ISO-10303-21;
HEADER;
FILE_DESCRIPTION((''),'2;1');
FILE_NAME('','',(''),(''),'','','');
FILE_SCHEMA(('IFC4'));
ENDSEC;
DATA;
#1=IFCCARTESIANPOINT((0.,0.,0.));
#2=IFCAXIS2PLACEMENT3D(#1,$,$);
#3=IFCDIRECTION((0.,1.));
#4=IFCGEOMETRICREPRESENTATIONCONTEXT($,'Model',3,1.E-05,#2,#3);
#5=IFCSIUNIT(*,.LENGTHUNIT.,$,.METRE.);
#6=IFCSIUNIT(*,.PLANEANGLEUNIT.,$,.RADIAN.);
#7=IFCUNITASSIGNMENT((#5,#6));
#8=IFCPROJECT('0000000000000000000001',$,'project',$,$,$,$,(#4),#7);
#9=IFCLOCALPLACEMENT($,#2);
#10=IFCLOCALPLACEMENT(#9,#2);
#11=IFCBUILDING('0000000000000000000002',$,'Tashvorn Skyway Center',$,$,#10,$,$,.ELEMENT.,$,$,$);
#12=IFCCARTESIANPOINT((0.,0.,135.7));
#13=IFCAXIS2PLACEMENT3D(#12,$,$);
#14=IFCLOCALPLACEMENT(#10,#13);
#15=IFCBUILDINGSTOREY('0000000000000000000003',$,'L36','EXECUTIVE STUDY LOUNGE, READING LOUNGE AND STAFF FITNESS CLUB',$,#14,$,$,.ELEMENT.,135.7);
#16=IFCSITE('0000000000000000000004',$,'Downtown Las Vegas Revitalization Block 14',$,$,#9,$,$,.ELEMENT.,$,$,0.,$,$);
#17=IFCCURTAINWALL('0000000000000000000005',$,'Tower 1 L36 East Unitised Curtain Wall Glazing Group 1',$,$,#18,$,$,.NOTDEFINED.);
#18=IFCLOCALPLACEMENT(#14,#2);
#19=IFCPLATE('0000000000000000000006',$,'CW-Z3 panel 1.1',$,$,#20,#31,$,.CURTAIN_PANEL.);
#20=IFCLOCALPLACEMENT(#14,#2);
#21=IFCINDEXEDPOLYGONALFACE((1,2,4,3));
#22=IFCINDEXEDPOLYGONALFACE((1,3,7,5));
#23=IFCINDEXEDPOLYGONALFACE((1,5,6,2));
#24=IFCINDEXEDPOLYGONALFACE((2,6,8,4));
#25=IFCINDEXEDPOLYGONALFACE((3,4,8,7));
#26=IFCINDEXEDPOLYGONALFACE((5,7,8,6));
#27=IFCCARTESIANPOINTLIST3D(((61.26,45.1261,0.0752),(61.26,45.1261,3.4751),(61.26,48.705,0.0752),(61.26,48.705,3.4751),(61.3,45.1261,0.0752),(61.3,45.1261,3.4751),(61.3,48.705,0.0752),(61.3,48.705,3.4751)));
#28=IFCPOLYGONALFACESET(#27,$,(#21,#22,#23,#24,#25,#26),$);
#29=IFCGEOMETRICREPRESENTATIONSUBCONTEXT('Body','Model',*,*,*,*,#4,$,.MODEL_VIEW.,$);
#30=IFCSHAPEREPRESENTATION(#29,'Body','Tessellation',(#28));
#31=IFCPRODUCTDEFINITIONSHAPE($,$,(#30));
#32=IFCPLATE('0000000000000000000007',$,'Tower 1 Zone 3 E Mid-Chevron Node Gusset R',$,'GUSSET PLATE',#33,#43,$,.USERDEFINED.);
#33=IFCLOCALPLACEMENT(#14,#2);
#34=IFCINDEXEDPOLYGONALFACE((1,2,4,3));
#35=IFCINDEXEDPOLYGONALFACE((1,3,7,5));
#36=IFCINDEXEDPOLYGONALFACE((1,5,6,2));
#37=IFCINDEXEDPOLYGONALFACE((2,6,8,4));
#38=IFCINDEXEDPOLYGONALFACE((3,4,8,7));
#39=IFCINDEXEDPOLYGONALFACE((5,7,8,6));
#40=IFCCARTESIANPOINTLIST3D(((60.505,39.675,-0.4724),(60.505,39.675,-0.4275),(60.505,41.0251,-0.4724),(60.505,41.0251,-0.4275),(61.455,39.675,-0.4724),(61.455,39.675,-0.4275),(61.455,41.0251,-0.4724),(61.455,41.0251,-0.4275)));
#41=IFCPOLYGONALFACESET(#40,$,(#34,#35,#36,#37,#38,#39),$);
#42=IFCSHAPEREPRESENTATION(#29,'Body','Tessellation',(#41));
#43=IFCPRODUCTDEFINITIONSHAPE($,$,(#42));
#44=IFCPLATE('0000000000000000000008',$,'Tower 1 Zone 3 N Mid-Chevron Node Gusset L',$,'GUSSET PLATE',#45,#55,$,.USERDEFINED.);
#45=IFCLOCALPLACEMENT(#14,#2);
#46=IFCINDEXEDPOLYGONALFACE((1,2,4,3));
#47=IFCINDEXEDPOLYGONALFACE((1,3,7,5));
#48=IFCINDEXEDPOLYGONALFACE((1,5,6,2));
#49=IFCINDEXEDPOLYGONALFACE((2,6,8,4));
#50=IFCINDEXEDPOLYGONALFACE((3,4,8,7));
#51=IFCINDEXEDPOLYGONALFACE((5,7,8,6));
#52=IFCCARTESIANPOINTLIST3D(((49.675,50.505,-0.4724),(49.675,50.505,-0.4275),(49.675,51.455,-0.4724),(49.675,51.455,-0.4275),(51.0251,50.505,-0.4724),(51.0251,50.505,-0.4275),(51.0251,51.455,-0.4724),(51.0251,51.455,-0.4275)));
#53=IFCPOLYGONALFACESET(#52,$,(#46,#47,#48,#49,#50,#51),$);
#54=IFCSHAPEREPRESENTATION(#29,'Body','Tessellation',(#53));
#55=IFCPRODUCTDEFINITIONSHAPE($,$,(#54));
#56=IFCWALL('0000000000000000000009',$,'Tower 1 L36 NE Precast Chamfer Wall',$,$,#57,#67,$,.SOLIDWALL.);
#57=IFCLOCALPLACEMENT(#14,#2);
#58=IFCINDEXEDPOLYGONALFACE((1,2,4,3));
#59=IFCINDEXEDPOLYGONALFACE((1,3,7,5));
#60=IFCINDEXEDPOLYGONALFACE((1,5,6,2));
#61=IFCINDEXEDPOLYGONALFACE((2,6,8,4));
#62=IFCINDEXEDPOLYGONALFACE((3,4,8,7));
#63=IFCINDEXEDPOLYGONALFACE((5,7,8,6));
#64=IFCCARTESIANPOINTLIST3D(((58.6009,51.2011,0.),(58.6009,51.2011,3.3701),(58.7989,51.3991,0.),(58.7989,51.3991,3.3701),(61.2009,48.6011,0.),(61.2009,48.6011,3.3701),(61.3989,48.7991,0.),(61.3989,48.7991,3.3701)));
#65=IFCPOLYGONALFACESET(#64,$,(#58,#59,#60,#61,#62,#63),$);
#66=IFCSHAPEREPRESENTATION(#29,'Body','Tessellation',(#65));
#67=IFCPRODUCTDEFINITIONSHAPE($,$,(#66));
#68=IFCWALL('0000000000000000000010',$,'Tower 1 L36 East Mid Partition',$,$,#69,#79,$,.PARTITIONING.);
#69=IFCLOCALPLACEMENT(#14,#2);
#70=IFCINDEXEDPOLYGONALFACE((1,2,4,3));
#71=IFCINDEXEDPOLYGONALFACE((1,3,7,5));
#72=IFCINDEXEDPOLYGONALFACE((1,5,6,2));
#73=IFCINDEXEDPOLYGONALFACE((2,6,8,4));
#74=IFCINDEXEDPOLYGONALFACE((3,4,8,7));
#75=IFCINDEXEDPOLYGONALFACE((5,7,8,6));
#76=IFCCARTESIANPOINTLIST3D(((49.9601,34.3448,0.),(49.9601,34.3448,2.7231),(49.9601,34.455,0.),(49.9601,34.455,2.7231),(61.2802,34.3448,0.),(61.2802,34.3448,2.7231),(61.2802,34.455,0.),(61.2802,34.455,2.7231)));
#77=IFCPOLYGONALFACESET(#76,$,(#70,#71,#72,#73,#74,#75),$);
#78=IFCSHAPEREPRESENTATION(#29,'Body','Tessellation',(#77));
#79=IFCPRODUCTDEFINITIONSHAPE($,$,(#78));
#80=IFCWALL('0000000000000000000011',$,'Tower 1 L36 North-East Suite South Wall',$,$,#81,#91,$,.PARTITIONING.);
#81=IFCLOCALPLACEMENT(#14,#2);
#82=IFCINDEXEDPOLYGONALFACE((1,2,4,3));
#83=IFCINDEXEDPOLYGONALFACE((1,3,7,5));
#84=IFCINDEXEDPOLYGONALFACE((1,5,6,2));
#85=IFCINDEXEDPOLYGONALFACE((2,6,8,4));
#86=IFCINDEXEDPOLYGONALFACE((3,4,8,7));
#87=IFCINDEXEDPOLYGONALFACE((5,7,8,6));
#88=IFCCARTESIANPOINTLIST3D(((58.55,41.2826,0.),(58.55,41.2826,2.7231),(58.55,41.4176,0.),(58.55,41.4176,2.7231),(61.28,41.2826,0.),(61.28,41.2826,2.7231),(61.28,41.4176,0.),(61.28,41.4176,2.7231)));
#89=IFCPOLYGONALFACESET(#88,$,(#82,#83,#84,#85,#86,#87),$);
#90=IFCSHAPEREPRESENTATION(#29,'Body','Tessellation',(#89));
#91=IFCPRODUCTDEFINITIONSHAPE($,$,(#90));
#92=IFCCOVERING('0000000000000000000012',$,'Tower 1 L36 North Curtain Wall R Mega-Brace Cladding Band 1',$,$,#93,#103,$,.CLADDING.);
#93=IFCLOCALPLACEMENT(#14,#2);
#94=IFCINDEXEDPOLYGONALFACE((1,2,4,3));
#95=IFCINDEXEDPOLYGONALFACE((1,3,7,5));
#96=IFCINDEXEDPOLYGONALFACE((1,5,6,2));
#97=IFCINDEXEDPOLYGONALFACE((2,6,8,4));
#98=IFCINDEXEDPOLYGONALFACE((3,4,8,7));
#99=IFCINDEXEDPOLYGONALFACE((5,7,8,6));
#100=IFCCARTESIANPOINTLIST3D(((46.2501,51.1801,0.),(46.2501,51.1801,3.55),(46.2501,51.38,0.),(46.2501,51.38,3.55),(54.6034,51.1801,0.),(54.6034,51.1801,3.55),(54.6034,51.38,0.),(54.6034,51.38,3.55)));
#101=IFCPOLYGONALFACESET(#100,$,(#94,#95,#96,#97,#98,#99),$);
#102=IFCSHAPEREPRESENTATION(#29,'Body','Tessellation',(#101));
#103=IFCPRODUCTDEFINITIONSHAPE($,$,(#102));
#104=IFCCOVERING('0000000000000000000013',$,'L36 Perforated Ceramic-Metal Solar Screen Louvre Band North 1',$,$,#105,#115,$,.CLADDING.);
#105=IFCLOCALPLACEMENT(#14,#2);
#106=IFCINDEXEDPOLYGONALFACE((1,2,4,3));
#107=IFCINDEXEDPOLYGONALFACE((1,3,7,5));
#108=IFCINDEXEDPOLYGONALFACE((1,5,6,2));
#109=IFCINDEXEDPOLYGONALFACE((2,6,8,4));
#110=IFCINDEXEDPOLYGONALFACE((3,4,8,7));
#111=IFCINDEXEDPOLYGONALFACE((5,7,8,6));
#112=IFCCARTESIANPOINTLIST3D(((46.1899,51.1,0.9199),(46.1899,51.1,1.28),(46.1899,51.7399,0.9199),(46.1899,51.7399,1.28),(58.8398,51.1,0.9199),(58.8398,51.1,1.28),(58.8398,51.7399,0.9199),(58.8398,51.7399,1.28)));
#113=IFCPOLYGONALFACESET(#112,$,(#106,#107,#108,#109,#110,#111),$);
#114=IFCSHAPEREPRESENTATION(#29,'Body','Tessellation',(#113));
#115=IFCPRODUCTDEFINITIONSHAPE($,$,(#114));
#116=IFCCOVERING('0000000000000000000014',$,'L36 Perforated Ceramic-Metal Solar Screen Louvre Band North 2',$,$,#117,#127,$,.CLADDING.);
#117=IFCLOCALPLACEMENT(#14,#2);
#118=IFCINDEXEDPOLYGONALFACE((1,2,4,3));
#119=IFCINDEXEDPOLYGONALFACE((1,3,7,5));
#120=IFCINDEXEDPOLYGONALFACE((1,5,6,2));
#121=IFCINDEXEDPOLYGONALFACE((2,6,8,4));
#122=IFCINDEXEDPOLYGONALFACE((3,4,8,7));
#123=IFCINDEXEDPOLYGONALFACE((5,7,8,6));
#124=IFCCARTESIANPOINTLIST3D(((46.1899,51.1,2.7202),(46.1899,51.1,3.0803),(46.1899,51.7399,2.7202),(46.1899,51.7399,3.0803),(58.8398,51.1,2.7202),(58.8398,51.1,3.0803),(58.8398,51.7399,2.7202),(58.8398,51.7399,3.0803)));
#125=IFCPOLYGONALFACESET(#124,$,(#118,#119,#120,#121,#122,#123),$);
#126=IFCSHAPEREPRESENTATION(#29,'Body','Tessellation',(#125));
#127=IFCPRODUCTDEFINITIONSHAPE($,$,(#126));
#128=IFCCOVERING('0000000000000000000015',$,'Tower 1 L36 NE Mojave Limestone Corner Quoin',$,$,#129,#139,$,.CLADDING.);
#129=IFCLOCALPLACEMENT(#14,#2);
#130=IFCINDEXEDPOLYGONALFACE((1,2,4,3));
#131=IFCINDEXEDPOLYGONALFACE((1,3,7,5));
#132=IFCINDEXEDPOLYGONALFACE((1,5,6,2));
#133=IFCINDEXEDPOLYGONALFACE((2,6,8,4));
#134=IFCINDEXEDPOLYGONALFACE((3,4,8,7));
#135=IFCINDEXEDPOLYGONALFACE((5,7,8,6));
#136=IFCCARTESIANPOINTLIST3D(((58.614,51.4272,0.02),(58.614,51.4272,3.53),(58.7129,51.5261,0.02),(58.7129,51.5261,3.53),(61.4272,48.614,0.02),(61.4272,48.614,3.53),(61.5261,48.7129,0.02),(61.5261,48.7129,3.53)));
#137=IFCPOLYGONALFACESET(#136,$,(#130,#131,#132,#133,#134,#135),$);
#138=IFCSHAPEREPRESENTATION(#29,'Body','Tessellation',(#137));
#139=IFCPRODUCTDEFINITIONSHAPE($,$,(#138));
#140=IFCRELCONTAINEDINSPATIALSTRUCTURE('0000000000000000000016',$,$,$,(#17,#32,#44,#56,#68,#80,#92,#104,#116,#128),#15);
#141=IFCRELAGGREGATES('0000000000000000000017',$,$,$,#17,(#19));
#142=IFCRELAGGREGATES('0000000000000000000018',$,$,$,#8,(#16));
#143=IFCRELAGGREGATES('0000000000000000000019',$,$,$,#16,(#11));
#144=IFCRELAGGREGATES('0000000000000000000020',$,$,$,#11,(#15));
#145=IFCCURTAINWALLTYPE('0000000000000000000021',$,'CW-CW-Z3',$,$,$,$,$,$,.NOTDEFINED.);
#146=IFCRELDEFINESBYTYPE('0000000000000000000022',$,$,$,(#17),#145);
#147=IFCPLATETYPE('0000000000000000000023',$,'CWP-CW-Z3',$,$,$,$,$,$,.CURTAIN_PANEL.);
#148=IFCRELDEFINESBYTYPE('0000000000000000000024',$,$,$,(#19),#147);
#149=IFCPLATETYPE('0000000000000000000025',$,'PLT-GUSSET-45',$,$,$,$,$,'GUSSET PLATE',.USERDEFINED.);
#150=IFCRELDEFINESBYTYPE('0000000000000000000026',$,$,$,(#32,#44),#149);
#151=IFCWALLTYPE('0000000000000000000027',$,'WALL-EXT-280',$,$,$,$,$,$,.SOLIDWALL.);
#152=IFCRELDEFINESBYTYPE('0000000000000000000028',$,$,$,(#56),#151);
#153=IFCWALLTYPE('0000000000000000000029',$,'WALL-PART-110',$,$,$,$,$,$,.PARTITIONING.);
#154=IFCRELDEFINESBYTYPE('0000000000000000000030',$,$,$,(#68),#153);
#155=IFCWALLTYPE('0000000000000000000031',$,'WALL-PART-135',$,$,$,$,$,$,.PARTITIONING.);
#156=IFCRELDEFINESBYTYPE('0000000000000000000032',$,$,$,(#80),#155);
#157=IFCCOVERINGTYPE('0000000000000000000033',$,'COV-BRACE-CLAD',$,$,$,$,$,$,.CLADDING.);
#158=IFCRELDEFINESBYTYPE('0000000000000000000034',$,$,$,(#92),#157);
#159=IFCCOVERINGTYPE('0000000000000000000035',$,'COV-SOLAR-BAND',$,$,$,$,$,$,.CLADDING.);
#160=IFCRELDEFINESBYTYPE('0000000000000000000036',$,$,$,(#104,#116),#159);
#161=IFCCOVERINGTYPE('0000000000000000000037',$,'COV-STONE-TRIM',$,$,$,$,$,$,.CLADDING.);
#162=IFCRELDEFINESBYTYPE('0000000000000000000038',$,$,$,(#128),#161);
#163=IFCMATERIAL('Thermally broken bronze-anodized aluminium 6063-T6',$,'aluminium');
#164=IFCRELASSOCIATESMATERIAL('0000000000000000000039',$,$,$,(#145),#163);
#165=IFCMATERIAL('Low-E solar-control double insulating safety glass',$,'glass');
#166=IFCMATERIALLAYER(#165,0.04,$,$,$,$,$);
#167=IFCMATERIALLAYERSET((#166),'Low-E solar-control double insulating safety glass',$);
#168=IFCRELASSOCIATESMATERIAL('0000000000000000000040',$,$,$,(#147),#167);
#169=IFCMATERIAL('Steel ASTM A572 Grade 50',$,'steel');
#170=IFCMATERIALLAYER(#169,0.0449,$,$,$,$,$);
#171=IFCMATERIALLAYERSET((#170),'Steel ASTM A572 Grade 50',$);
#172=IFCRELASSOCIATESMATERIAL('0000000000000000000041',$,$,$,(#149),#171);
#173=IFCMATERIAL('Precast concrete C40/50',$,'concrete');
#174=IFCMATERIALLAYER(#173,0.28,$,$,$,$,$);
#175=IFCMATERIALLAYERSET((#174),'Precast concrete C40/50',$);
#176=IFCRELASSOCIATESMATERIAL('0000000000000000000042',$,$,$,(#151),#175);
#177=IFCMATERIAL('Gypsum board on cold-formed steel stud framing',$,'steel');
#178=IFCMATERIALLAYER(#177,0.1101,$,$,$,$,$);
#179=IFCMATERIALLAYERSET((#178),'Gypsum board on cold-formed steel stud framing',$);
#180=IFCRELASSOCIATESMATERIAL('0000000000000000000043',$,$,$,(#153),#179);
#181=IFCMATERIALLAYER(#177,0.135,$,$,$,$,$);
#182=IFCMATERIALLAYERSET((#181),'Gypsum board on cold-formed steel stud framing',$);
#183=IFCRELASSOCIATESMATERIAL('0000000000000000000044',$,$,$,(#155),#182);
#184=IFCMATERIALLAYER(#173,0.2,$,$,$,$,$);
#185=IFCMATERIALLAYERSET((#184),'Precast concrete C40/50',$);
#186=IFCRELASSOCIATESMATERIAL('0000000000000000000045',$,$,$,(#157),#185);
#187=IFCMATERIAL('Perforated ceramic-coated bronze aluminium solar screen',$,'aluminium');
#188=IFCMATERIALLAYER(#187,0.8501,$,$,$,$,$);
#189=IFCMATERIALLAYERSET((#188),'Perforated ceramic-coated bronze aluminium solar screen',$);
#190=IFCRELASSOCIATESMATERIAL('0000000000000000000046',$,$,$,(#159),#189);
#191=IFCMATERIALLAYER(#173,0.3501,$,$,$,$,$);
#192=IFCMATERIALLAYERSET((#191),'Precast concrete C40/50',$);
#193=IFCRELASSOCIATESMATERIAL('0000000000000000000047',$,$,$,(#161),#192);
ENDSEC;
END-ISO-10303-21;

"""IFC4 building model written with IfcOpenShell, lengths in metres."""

from ifc_helpers import new_model, si_unit, direction, frame, frame_2d, origin, origin_2d, place, context, subcontext, project, spatial, rectangle, extrude, material, layer, layer_set, type_object, element, aggregate, save


model = new_model("IFC4")

# Units and contexts
model_context = context("Model", 3, precision=1e-05, world=origin(), true_north=direction((0.0, 1.0)))
body_context = subcontext(model_context, "Body", "Model", "MODEL_VIEW")
ifc_project = project(units=[si_unit("LENGTHUNIT", "METRE"), si_unit("PLANEANGLEUNIT", "RADIAN")], contexts=[model_context])

# Site, building, storey
site_placement = place(None, origin())
site = spatial("IfcSite", under=ifc_project, at=site_placement, Name="Downtown Las Vegas Revitalization Block 14", CompositionType="ELEMENT", RefElevation=0.0)
building_placement = place(site_placement, origin())
building = spatial("IfcBuilding", under=site, at=building_placement, Name="Tashvorn Skyway Center", CompositionType="ELEMENT")
storey_placement = place(building_placement, frame((0.0, 0.0, 135.7)))
storey = spatial("IfcBuildingStorey", under=building, at=storey_placement, Name="L36", Description="EXECUTIVE STUDY LOUNGE, READING LOUNGE AND STAFF FITNESS CLUB", CompositionType="ELEMENT", Elevation=135.7)

# Shared definitions
ifc_material_1 = material(Name="Steel ASTM A572 Grade 50", Category="steel")

# Curtain wall
ifc_material_2 = material(Name="Thermally broken bronze-anodized aluminium 6063-T6", Category="aluminium")
curtain_wall_type = type_object("IfcCurtainWallType", Name="CW-CW-Z3", PredefinedType="NOTDEFINED", material=ifc_material_2)
curtain_wall_1_placement = place(storey_placement, origin())
curtain_wall_1 = element("IfcCurtainWall", 1, at=curtain_wall_1_placement, inside=storey, type_object=curtain_wall_type, Name="Tower 1 L36 East Unitised Curtain Wall Glazing Group 1", PredefinedType="NOTDEFINED")

# Plate
ifc_material_3 = material(Name="Low-E solar-control double insulating safety glass", Category="glass")
ifc_layer_1 = layer(ifc_material_3, 0.04)
ifc_layer_set_1 = layer_set([ifc_layer_1], Name="Low-E solar-control double insulating safety glass")
plate_type_1 = type_object("IfcPlateType", Name="CWP-CW-Z3", PredefinedType="CURTAIN_PANEL", material=ifc_layer_set_1)
plate_1_placement = place(storey_placement, frame((61.28, 46.9155, 0.0752), z_axis=(0.0, 0.0, 1.0), x_axis=(0.0, -1.0, 0.0)))
plate_1 = element("IfcPlate", 2, at=plate_1_placement, type_object=plate_type_1, Name="CW-Z3 panel 1.1", PredefinedType="CURTAIN_PANEL", context=body_context, shape_type="SweptSolid", body=[
    extrude(rectangle(XDim=3.5789, YDim=0.04, at=origin_2d()), origin(), (0.0, 0.0, 1.0), 3.3999),
])
aggregate(curtain_wall_1, [plate_1])

# Plates
ifc_layer_2 = layer(ifc_material_1, 0.0449)
ifc_layer_set_2 = layer_set([ifc_layer_2], Name="Steel ASTM A572 Grade 50")
plate_type_2 = type_object("IfcPlateType", Name="PLT-GUSSET-45", ElementType="GUSSET PLATE", PredefinedType="USERDEFINED", material=ifc_layer_set_2)
for number, where, z_axis, x_axis, name in (
    (3, (60.98, 40.3501, -0.4724), (0.0, 0.0, 1.0), (0.0, 1.0, 0.0), "Tower 1 Zone 3 E Mid-Chevron Node Gusset R"),
    (4, (50.3501, 50.98, -0.4724), (0.0, 0.0, 1.0), (-1.0, 0.0, 0.0), "Tower 1 Zone 3 N Mid-Chevron Node Gusset L"),
):
    element("IfcPlate", number, at=place(storey_placement, frame(where, z_axis=z_axis, x_axis=x_axis)), inside=storey, type_object=plate_type_2, Name=name, ObjectType="GUSSET PLATE", PredefinedType="USERDEFINED", context=body_context, shape_type="SweptSolid", body=[
        extrude(rectangle(XDim=1.3501, YDim=0.95, at=origin_2d()), origin(), (0.0, 0.0, 1.0), 0.0449),
    ])

# Walls
ifc_material_4 = material(Name="Precast concrete C40/50", Category="concrete")
ifc_layer_3 = layer(ifc_material_4, 0.28)
ifc_layer_set_3 = layer_set([ifc_layer_3], Name="Precast concrete C40/50")
wall_type_1 = type_object("IfcWallType", Name="WALL-EXT-280", PredefinedType="SOLIDWALL", material=ifc_layer_set_3)
wall_1_placement = place(storey_placement, frame((58.7, 51.3, 0.0), z_axis=(0.0, 0.0, 1.0), x_axis=(0.707107, -0.707107, 0.0)))
element("IfcWall", 5, at=wall_1_placement, inside=storey, type_object=wall_type_1, Name="Tower 1 L36 NE Precast Chamfer Wall", PredefinedType="SOLIDWALL", context=body_context, shape_type="SweptSolid", body=[
    extrude(rectangle(XDim=3.677, YDim=0.28, at=frame_2d((1.8384, 0.0))), origin(), (0.0, 0.0, 1.0), 3.3701),
])
ifc_material_5 = material(Name="Gypsum board on cold-formed steel stud framing", Category="steel")
ifc_layer_4 = layer(ifc_material_5, 0.1101)
ifc_layer_set_4 = layer_set([ifc_layer_4], Name="Gypsum board on cold-formed steel stud framing")
wall_type_2 = type_object("IfcWallType", Name="WALL-PART-110", PredefinedType="PARTITIONING", material=ifc_layer_set_4)
wall_2_placement = place(storey_placement, frame((49.96, 34.3999, 0.0), z_axis=(0.0, 0.0, 1.0), x_axis=(1.0, 0.0, 0.0)))
element("IfcWall", 6, at=wall_2_placement, inside=storey, type_object=wall_type_2, Name="Tower 1 L36 East Mid Partition", PredefinedType="PARTITIONING", context=body_context, shape_type="SweptSolid", body=[
    extrude(rectangle(XDim=11.3201, YDim=0.1101, at=frame_2d((5.6602, 0.0))), origin(), (0.0, 0.0, 1.0), 2.7231),
])
ifc_layer_5 = layer(ifc_material_5, 0.135)
ifc_layer_set_5 = layer_set([ifc_layer_5], Name="Gypsum board on cold-formed steel stud framing")
wall_type_3 = type_object("IfcWallType", Name="WALL-PART-135", PredefinedType="PARTITIONING", material=ifc_layer_set_5)
wall_3_placement = place(storey_placement, frame((58.55, 41.3501, 0.0), z_axis=(0.0, 0.0, 1.0), x_axis=(1.0, 0.0, 0.0)))
element("IfcWall", 7, at=wall_3_placement, inside=storey, type_object=wall_type_3, Name="Tower 1 L36 North-East Suite South Wall", PredefinedType="PARTITIONING", context=body_context, shape_type="SweptSolid", body=[
    extrude(rectangle(XDim=2.73, YDim=0.135, at=frame_2d((1.365, 0.0))), origin(), (0.0, 0.0, 1.0), 2.7231),
])

# Coverings
ifc_layer_6 = layer(ifc_material_4, 0.2)
ifc_layer_set_6 = layer_set([ifc_layer_6], Name="Precast concrete C40/50")
covering_type_1 = type_object("IfcCoveringType", Name="COV-BRACE-CLAD", PredefinedType="CLADDING", material=ifc_layer_set_6)
covering_1_placement = place(storey_placement, frame((50.4268, 51.28, 0.0), z_axis=(0.0, 0.0, 1.0), x_axis=(1.0, 0.0, 0.0)))
element("IfcCovering", 8, at=covering_1_placement, inside=storey, type_object=covering_type_1, Name="Tower 1 L36 North Curtain Wall R Mega-Brace Cladding Band 1", PredefinedType="CLADDING", context=body_context, shape_type="SweptSolid", body=[
    extrude(rectangle(XDim=8.3533, YDim=0.2, at=origin_2d()), origin(), (0.0, 0.0, 1.0), 3.55),
])
ifc_material_6 = material(Name="Perforated ceramic-coated bronze aluminium solar screen", Category="aluminium")
ifc_layer_7 = layer(ifc_material_6, 0.8501)
ifc_layer_set_7 = layer_set([ifc_layer_7], Name="Perforated ceramic-coated bronze aluminium solar screen")
covering_type_2 = type_object("IfcCoveringType", Name="COV-SOLAR-BAND", PredefinedType="CLADDING", material=ifc_layer_set_7)
for number, where, z_axis, x_axis, name in (
    (9, (52.5149, 51.4199, 0.9199), (0.0, 0.0, 1.0), (1.0, 0.0, 0.0), "L36 Perforated Ceramic-Metal Solar Screen Louvre Band North 1"),
    (10, (52.5149, 51.4199, 2.7202), (0.0, 0.0, 1.0), (1.0, 0.0, 0.0), "L36 Perforated Ceramic-Metal Solar Screen Louvre Band North 2"),
):
    element("IfcCovering", number, at=place(storey_placement, frame(where, z_axis=z_axis, x_axis=x_axis)), inside=storey, type_object=covering_type_2, Name=name, PredefinedType="CLADDING", context=body_context, shape_type="SweptSolid", body=[
        extrude(rectangle(XDim=12.6499, YDim=0.6399, at=origin_2d()), origin(), (0.0, 0.0, 1.0), 0.3601),
    ])
ifc_layer_8 = layer(ifc_material_4, 0.3501)
ifc_layer_set_8 = layer_set([ifc_layer_8], Name="Precast concrete C40/50")
covering_type_3 = type_object("IfcCoveringType", Name="COV-STONE-TRIM", PredefinedType="CLADDING", material=ifc_layer_set_8)
covering_2_placement = place(storey_placement, frame((60.0701, 50.0701, 0.02), z_axis=(0.0, 0.0, 1.0), x_axis=(0.707107, -0.707107, 0.0)))
element("IfcCovering", 11, at=covering_2_placement, inside=storey, type_object=covering_type_3, Name="Tower 1 L36 NE Mojave Limestone Corner Quoin", PredefinedType="CLADDING", context=body_context, shape_type="SweptSolid", body=[
    extrude(rectangle(XDim=3.9785, YDim=0.1399, at=origin_2d()), origin(), (0.0, 0.0, 1.0), 3.51),
])

save(model, "model.ifc")
